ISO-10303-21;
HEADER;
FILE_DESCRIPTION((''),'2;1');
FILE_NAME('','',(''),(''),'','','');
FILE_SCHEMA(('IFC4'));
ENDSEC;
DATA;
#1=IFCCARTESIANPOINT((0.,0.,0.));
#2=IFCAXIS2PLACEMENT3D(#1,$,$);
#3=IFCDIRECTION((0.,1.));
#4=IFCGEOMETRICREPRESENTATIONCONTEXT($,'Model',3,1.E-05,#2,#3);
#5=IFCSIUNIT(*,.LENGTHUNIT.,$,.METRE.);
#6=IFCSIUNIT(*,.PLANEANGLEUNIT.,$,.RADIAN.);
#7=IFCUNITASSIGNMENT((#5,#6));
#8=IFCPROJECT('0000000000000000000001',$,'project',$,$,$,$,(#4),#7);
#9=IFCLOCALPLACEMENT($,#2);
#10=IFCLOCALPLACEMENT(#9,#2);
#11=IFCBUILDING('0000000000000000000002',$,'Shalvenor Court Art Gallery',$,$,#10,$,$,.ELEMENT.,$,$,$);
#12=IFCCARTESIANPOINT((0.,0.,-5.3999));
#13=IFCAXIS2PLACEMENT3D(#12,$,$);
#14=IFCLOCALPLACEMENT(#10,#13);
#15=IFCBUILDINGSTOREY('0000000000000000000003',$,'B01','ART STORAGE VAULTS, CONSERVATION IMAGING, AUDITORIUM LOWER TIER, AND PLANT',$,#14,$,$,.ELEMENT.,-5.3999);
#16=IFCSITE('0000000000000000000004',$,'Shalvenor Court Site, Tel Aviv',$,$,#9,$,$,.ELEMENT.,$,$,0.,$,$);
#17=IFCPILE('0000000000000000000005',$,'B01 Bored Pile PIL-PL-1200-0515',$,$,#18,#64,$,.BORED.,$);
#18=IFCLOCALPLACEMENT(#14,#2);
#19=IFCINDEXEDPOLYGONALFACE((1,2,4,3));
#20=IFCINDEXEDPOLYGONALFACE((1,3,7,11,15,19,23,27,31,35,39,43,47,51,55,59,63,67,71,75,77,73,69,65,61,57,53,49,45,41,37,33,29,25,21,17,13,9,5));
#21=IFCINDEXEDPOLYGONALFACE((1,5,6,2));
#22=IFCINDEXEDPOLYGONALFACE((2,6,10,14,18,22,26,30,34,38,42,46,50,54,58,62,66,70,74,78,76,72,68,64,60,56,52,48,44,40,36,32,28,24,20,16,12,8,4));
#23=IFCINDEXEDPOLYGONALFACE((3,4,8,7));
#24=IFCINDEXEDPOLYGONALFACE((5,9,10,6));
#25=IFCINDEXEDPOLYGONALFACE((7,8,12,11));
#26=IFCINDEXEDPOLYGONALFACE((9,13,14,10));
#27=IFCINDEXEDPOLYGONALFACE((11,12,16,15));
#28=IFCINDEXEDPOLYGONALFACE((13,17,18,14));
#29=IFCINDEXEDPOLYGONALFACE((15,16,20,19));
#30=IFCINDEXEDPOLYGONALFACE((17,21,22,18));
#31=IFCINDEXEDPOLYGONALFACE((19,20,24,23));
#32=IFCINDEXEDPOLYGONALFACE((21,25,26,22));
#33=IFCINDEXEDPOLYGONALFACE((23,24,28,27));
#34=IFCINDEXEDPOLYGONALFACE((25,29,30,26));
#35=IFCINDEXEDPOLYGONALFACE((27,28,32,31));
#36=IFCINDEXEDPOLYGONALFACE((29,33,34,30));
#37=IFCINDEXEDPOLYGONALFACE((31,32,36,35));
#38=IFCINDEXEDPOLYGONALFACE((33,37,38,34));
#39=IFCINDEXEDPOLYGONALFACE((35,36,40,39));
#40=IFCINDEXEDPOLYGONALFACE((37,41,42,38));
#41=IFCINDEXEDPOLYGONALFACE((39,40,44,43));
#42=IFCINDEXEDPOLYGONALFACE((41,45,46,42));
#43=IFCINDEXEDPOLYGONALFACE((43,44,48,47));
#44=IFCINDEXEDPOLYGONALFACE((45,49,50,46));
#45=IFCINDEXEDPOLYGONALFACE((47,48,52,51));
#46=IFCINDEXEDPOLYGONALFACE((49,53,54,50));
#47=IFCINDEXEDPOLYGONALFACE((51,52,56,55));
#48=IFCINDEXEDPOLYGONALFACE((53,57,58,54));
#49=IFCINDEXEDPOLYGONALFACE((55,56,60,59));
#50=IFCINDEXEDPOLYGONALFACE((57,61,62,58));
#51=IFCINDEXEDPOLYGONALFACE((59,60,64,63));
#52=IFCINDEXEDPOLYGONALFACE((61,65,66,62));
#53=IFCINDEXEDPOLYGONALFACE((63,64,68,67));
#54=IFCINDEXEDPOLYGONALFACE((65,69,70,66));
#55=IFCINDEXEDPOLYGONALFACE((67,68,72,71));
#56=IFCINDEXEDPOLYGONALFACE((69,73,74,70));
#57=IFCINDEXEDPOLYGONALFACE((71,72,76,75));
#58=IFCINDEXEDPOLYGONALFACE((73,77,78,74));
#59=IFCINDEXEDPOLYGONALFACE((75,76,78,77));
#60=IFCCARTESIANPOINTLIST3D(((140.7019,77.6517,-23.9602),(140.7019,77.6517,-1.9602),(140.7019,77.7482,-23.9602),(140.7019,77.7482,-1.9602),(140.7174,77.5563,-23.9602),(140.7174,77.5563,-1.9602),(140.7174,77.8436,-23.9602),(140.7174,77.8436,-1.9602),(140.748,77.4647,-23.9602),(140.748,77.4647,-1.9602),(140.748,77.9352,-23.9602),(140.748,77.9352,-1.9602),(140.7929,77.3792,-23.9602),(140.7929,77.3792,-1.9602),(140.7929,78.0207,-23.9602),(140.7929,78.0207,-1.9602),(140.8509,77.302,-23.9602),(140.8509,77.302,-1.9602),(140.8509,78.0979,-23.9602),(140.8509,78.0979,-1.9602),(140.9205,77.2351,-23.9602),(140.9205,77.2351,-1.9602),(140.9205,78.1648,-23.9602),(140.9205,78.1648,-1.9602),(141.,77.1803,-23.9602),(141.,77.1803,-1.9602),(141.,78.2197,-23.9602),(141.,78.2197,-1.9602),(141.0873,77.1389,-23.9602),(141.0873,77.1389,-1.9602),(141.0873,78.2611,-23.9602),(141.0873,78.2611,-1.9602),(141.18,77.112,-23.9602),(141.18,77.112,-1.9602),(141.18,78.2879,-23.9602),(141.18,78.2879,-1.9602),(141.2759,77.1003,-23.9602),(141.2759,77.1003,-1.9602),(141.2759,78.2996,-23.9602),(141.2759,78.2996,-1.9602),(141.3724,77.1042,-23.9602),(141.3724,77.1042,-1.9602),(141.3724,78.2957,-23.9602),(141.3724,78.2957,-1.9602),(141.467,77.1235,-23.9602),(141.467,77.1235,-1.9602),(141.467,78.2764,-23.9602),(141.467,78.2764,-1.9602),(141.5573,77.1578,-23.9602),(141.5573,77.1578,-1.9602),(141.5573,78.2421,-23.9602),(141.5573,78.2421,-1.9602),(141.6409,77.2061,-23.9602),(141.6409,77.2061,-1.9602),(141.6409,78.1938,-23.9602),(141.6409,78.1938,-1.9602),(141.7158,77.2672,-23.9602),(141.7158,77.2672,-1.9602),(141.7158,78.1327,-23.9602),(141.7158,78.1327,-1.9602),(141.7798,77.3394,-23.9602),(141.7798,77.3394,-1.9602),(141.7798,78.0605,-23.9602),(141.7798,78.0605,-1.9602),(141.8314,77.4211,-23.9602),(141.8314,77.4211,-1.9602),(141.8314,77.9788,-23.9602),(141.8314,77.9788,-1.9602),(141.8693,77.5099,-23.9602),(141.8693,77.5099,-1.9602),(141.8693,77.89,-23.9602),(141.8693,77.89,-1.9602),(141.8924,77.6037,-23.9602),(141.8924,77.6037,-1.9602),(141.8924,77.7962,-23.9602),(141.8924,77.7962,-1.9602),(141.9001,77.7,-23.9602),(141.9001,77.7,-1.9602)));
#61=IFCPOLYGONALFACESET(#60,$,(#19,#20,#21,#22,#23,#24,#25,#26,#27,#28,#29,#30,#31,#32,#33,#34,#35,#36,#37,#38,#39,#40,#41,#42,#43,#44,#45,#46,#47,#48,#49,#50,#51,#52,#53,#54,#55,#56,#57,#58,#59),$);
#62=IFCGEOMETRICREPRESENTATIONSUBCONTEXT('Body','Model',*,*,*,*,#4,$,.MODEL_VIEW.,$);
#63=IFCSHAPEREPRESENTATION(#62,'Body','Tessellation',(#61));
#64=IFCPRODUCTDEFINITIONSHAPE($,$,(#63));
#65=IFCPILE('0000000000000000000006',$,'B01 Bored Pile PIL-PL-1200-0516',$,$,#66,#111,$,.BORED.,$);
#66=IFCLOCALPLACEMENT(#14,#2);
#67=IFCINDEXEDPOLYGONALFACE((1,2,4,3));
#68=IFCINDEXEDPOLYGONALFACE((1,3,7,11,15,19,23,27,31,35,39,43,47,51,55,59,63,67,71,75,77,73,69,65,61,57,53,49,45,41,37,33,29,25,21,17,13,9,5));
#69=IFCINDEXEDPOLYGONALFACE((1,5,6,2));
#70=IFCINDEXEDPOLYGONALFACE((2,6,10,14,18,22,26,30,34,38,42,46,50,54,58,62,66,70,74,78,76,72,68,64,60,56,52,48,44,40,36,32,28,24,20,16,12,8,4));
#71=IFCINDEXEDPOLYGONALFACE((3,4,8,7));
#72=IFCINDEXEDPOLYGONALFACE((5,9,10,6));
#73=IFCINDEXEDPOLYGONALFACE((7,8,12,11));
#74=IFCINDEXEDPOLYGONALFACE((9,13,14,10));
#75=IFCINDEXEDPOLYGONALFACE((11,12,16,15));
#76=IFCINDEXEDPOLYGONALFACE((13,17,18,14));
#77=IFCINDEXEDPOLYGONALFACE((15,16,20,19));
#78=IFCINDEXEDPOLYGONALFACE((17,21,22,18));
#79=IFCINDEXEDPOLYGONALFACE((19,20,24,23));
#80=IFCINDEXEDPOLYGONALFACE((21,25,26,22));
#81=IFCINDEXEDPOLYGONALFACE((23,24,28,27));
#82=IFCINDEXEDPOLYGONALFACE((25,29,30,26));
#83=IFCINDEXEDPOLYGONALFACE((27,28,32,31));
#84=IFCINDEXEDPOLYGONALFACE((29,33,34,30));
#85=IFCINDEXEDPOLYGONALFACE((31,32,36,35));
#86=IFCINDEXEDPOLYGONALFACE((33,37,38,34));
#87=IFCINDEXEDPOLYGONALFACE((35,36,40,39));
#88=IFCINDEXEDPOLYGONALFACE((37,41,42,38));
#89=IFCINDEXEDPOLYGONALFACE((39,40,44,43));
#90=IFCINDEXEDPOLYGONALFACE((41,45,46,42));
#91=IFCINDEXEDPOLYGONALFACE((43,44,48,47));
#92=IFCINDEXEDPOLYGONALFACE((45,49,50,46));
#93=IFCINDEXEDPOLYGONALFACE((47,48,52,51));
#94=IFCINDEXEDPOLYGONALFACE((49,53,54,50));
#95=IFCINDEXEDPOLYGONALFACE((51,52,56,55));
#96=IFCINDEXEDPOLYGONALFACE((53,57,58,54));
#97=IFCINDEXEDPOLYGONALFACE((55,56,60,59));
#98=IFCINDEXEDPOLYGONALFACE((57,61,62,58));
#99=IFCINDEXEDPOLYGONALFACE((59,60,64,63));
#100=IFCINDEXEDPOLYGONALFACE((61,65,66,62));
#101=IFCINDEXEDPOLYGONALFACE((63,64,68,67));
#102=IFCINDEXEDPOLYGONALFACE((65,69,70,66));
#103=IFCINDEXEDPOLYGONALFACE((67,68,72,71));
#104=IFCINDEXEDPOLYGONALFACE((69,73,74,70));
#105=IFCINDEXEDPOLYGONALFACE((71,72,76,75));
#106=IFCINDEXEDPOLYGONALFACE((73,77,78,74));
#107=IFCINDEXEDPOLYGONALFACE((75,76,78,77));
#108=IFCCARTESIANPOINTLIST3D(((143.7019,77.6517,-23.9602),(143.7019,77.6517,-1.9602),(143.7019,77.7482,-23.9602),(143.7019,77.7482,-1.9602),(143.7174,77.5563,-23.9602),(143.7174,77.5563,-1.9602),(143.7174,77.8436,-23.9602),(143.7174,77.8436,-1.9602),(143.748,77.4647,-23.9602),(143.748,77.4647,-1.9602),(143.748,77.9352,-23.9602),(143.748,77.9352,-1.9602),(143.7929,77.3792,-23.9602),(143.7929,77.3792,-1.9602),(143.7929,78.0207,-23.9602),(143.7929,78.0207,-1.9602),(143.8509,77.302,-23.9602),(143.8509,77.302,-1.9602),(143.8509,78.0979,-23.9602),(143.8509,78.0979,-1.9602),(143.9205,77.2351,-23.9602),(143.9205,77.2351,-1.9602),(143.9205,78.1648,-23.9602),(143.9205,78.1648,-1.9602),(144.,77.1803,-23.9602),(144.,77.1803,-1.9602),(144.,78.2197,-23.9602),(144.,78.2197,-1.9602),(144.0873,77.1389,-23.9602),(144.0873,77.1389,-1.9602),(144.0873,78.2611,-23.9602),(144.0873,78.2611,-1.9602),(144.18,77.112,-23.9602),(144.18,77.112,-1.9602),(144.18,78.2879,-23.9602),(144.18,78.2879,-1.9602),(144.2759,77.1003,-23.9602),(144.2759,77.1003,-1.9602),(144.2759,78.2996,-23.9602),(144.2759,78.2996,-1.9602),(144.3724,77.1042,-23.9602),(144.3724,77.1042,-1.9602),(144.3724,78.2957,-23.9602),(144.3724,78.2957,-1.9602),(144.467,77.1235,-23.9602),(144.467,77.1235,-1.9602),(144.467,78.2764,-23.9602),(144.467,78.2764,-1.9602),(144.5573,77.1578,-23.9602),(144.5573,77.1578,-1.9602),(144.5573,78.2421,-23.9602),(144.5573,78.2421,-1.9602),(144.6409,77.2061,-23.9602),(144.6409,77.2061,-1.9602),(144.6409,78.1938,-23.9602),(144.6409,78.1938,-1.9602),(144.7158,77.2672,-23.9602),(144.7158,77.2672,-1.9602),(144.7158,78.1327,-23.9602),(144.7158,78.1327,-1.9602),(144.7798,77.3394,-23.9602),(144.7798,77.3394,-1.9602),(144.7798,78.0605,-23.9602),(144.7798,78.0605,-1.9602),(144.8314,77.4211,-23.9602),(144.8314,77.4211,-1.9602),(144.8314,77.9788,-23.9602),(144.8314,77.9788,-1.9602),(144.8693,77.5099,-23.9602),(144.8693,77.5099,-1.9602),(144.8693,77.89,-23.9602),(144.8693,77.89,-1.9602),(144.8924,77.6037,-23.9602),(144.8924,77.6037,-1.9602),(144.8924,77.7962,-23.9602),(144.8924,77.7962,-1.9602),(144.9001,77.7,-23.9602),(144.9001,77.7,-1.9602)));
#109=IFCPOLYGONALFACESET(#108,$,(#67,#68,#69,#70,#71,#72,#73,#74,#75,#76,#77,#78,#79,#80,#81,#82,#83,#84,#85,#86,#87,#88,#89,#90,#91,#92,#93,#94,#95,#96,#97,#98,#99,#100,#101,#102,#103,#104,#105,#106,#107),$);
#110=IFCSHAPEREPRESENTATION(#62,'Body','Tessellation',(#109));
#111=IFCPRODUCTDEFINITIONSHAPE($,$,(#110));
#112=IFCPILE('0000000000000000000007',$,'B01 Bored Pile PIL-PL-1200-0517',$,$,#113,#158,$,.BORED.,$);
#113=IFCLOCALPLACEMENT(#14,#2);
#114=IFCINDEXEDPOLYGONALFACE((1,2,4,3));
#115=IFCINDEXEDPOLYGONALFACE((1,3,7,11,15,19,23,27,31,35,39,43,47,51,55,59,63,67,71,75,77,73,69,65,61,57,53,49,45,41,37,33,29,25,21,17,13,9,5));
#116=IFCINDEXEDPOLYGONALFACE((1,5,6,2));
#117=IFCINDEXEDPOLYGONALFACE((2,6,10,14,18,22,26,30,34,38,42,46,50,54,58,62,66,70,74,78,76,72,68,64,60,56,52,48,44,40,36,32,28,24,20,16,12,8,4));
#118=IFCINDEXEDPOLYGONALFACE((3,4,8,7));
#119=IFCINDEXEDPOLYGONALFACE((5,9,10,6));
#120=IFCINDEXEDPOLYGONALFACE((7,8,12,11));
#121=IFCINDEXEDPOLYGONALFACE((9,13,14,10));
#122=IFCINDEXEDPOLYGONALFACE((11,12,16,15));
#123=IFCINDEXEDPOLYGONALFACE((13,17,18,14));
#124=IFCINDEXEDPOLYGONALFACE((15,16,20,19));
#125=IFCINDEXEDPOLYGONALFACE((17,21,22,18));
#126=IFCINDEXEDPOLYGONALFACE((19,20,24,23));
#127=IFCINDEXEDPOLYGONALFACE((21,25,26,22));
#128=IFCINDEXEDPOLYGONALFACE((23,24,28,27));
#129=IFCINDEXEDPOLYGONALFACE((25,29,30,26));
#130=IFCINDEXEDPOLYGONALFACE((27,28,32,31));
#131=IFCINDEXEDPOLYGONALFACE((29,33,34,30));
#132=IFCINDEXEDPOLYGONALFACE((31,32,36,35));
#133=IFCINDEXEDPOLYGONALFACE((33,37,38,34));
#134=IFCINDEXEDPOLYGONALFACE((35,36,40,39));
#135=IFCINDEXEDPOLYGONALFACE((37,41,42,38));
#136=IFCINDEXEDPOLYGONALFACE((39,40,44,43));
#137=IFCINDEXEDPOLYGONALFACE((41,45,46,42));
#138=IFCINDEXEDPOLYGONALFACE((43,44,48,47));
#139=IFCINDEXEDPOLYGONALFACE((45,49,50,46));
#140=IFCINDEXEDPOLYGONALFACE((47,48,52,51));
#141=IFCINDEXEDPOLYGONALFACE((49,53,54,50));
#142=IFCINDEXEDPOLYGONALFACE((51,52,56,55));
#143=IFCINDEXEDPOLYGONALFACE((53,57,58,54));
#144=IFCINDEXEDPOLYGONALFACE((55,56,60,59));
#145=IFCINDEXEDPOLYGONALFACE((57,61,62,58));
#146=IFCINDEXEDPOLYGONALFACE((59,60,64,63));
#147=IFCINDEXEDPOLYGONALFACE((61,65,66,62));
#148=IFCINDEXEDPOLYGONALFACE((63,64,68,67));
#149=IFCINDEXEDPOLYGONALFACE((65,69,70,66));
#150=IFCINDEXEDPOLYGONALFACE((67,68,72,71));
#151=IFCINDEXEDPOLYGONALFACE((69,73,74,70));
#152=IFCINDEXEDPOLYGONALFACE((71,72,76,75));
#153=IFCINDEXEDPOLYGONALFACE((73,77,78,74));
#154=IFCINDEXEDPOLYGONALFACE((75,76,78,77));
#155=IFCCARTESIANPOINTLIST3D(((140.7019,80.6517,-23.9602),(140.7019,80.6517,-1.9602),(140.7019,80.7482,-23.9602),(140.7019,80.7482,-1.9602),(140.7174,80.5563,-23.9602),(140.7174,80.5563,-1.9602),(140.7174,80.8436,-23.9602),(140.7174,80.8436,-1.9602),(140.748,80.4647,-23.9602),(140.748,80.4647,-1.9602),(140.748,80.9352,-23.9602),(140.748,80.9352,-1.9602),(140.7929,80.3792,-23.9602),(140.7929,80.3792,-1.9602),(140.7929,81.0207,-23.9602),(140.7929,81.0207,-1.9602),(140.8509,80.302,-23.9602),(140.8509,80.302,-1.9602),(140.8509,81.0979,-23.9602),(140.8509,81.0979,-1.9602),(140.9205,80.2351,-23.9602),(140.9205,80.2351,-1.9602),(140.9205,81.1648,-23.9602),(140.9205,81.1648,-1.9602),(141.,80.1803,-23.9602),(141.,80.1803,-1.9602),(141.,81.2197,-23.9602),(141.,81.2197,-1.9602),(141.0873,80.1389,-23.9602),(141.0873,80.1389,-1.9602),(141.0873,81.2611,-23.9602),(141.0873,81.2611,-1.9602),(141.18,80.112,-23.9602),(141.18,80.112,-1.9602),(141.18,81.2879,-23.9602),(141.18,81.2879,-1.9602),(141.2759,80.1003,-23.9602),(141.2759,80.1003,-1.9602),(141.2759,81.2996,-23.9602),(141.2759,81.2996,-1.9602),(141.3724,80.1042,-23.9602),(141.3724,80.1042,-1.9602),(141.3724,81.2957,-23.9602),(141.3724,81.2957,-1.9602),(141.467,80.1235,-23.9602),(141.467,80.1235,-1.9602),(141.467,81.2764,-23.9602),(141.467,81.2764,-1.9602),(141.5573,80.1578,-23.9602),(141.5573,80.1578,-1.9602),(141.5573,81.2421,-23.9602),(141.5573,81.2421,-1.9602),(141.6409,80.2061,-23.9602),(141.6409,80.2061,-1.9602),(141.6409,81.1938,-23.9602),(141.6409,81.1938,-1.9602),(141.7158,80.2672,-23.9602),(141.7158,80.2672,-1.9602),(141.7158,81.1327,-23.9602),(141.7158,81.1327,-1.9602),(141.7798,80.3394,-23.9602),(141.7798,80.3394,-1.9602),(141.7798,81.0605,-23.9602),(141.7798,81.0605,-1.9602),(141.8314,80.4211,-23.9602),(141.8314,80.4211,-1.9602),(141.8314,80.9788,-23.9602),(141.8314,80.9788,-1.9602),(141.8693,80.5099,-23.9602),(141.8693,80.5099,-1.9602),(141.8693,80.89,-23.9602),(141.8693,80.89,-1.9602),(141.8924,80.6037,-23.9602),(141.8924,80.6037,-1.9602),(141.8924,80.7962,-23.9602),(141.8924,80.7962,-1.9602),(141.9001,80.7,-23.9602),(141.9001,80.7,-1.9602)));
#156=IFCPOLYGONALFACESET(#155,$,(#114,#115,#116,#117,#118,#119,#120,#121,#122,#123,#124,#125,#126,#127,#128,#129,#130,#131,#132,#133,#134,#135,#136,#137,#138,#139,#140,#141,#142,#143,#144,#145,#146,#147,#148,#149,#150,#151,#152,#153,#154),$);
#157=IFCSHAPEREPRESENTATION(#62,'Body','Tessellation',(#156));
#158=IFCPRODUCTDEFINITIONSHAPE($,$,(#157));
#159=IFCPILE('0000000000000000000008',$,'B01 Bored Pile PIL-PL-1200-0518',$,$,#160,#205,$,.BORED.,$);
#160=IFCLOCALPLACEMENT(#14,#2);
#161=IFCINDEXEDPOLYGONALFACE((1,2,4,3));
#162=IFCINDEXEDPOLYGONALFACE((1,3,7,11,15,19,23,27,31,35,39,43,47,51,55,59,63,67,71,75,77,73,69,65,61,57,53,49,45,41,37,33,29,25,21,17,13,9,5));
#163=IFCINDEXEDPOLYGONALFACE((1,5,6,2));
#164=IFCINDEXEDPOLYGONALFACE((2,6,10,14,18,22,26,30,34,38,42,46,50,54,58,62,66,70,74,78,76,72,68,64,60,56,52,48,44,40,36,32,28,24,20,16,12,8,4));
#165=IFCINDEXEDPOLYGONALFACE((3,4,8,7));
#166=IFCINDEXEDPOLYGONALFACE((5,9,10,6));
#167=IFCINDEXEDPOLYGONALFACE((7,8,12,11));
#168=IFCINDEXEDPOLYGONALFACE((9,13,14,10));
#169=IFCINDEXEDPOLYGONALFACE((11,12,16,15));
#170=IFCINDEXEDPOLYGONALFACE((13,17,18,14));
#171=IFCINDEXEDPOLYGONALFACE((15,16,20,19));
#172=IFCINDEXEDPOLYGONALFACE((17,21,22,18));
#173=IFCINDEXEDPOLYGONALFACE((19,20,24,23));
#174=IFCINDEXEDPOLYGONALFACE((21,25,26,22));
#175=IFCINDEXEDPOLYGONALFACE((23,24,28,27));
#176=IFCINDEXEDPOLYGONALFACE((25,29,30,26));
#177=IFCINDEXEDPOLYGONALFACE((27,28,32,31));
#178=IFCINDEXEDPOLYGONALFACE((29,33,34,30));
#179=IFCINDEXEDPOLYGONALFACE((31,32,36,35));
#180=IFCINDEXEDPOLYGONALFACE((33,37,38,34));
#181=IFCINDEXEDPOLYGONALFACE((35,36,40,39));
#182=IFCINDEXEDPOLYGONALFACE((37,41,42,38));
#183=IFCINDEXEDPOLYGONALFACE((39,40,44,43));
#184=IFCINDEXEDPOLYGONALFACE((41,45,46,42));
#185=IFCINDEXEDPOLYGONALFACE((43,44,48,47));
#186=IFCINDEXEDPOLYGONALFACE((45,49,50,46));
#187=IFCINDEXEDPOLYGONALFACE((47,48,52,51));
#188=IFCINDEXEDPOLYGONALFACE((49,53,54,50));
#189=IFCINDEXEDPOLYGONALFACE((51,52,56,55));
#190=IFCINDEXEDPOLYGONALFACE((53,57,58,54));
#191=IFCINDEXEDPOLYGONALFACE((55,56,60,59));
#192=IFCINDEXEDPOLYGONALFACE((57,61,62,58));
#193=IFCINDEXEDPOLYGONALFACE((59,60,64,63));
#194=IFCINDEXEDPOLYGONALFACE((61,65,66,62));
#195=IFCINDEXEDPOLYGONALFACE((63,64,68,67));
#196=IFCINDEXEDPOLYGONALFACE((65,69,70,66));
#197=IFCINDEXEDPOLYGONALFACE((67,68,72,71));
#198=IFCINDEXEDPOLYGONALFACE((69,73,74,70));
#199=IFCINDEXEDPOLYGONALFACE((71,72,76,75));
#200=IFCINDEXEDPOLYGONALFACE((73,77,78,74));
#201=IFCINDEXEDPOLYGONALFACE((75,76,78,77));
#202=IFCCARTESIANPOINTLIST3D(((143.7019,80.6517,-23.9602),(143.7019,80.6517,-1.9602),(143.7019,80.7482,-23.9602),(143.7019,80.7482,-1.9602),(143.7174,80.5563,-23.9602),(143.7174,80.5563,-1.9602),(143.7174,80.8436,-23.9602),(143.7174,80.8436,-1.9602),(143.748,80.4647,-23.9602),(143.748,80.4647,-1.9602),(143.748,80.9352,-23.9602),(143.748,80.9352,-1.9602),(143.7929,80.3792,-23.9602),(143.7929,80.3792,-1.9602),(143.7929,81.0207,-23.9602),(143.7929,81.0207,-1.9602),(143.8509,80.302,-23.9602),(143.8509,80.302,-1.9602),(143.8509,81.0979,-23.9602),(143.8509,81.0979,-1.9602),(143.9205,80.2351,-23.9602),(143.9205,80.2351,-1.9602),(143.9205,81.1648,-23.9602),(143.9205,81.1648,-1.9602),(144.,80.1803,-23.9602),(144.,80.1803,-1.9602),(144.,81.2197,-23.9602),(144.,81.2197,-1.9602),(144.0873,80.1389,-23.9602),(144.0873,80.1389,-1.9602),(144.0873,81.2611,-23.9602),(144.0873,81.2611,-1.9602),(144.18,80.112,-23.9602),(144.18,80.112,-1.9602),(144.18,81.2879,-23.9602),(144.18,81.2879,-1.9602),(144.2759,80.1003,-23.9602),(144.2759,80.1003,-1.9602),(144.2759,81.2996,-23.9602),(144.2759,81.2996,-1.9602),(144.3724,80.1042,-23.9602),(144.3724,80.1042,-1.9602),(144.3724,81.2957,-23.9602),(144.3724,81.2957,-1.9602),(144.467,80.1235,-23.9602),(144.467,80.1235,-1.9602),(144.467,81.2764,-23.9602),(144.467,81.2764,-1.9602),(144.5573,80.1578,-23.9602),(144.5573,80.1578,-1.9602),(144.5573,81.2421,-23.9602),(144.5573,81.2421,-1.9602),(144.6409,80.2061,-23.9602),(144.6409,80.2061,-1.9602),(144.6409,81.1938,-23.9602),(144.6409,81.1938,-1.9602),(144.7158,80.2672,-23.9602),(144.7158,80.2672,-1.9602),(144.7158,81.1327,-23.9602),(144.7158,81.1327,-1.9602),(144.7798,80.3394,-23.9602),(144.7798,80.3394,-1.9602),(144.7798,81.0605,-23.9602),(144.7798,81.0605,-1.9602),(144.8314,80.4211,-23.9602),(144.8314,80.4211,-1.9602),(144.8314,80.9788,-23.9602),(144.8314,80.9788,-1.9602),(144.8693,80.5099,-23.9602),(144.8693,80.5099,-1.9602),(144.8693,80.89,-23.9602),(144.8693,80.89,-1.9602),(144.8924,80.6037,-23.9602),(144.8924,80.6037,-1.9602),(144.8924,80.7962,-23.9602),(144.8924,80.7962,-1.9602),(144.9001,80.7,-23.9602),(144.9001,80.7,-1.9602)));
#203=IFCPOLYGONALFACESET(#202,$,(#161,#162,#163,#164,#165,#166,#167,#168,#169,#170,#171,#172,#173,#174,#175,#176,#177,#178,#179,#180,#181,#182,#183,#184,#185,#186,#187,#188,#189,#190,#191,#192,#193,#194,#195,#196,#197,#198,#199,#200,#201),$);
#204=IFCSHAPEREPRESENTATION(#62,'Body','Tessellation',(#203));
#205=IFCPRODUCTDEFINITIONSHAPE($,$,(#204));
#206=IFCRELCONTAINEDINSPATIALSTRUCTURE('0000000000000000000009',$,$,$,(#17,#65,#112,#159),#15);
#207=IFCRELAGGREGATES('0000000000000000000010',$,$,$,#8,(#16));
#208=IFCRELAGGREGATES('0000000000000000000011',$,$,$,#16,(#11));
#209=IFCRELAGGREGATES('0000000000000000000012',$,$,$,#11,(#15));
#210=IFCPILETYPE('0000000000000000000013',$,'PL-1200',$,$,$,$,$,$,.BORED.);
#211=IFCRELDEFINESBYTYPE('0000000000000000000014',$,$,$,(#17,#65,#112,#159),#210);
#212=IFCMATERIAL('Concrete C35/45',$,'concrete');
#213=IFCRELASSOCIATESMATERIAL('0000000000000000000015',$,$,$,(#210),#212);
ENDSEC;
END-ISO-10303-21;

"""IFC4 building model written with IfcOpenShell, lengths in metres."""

from ifc_helpers import new_model, si_unit, direction, frame, origin, origin_2d, place, context, subcontext, project, spatial, circle, extrude, material, material_profile, profile_set, type_object, element, save


model = new_model("IFC4")

# Units and contexts
model_context = context("Model", 3, precision=1e-05, world=origin(), true_north=direction((0.0, 1.0)))
body_context = subcontext(model_context, "Body", "Model", "MODEL_VIEW")
ifc_project = project(units=[si_unit("LENGTHUNIT", "METRE"), si_unit("PLANEANGLEUNIT", "RADIAN")], contexts=[model_context])

# Site, building, storey
site_placement = place(None, origin())
site = spatial("IfcSite", under=ifc_project, at=site_placement, Name="Shalvenor Court Site, Tel Aviv", CompositionType="ELEMENT", RefElevation=0.0)
building_placement = place(site_placement, origin())
building = spatial("IfcBuilding", under=site, at=building_placement, Name="Shalvenor Court Art Gallery", CompositionType="ELEMENT")
storey_placement = place(building_placement, frame((0.0, 0.0, -5.3999)))
storey = spatial("IfcBuildingStorey", under=building, at=storey_placement, Name="B01", Description="ART STORAGE VAULTS, CONSERVATION IMAGING, AUDITORIUM LOWER TIER, AND PLANT", CompositionType="ELEMENT", Elevation=-5.3999)

# Piles
ifc_material_1 = material(Name="Concrete C35/45", Category="concrete")
ifc_material_profile_1 = material_profile(ifc_material_1, circle(Radius=0.6001, at=origin_2d()), Name="PILE 1200")
ifc_profile_set_1 = profile_set([ifc_material_profile_1], Name="Concrete C35/45")
pile_type = type_object("IfcPileType", Name="PL-1200", PredefinedType="BORED", material=ifc_profile_set_1)
for number, where, z_axis, x_axis, name in (
    (1, (141.3, 77.7, -1.9602), (0.0, 0.0, -1.0), (1.0, 0.0, 0.0), "B01 Bored Pile PIL-PL-1200-0515"),
    (2, (144.3, 77.7, -1.9602), (0.0, 0.0, -1.0), (1.0, 0.0, 0.0), "B01 Bored Pile PIL-PL-1200-0516"),
    (3, (141.3, 80.7, -1.9602), (0.0, 0.0, -1.0), (1.0, 0.0, 0.0), "B01 Bored Pile PIL-PL-1200-0517"),
    (4, (144.3, 80.7, -1.9602), (0.0, 0.0, -1.0), (1.0, 0.0, 0.0), "B01 Bored Pile PIL-PL-1200-0518"),
):
    element("IfcPile", number, at=place(storey_placement, frame(where, z_axis=z_axis, x_axis=x_axis)), inside=storey, type_object=pile_type, Name=name, PredefinedType="BORED", context=body_context, shape_type="SweptSolid", body=[
        extrude(circle(Radius=0.6001, at=origin_2d()), origin(), (0.0, 0.0, 1.0), 22.0),
    ])

save(model, "model.ifc")
